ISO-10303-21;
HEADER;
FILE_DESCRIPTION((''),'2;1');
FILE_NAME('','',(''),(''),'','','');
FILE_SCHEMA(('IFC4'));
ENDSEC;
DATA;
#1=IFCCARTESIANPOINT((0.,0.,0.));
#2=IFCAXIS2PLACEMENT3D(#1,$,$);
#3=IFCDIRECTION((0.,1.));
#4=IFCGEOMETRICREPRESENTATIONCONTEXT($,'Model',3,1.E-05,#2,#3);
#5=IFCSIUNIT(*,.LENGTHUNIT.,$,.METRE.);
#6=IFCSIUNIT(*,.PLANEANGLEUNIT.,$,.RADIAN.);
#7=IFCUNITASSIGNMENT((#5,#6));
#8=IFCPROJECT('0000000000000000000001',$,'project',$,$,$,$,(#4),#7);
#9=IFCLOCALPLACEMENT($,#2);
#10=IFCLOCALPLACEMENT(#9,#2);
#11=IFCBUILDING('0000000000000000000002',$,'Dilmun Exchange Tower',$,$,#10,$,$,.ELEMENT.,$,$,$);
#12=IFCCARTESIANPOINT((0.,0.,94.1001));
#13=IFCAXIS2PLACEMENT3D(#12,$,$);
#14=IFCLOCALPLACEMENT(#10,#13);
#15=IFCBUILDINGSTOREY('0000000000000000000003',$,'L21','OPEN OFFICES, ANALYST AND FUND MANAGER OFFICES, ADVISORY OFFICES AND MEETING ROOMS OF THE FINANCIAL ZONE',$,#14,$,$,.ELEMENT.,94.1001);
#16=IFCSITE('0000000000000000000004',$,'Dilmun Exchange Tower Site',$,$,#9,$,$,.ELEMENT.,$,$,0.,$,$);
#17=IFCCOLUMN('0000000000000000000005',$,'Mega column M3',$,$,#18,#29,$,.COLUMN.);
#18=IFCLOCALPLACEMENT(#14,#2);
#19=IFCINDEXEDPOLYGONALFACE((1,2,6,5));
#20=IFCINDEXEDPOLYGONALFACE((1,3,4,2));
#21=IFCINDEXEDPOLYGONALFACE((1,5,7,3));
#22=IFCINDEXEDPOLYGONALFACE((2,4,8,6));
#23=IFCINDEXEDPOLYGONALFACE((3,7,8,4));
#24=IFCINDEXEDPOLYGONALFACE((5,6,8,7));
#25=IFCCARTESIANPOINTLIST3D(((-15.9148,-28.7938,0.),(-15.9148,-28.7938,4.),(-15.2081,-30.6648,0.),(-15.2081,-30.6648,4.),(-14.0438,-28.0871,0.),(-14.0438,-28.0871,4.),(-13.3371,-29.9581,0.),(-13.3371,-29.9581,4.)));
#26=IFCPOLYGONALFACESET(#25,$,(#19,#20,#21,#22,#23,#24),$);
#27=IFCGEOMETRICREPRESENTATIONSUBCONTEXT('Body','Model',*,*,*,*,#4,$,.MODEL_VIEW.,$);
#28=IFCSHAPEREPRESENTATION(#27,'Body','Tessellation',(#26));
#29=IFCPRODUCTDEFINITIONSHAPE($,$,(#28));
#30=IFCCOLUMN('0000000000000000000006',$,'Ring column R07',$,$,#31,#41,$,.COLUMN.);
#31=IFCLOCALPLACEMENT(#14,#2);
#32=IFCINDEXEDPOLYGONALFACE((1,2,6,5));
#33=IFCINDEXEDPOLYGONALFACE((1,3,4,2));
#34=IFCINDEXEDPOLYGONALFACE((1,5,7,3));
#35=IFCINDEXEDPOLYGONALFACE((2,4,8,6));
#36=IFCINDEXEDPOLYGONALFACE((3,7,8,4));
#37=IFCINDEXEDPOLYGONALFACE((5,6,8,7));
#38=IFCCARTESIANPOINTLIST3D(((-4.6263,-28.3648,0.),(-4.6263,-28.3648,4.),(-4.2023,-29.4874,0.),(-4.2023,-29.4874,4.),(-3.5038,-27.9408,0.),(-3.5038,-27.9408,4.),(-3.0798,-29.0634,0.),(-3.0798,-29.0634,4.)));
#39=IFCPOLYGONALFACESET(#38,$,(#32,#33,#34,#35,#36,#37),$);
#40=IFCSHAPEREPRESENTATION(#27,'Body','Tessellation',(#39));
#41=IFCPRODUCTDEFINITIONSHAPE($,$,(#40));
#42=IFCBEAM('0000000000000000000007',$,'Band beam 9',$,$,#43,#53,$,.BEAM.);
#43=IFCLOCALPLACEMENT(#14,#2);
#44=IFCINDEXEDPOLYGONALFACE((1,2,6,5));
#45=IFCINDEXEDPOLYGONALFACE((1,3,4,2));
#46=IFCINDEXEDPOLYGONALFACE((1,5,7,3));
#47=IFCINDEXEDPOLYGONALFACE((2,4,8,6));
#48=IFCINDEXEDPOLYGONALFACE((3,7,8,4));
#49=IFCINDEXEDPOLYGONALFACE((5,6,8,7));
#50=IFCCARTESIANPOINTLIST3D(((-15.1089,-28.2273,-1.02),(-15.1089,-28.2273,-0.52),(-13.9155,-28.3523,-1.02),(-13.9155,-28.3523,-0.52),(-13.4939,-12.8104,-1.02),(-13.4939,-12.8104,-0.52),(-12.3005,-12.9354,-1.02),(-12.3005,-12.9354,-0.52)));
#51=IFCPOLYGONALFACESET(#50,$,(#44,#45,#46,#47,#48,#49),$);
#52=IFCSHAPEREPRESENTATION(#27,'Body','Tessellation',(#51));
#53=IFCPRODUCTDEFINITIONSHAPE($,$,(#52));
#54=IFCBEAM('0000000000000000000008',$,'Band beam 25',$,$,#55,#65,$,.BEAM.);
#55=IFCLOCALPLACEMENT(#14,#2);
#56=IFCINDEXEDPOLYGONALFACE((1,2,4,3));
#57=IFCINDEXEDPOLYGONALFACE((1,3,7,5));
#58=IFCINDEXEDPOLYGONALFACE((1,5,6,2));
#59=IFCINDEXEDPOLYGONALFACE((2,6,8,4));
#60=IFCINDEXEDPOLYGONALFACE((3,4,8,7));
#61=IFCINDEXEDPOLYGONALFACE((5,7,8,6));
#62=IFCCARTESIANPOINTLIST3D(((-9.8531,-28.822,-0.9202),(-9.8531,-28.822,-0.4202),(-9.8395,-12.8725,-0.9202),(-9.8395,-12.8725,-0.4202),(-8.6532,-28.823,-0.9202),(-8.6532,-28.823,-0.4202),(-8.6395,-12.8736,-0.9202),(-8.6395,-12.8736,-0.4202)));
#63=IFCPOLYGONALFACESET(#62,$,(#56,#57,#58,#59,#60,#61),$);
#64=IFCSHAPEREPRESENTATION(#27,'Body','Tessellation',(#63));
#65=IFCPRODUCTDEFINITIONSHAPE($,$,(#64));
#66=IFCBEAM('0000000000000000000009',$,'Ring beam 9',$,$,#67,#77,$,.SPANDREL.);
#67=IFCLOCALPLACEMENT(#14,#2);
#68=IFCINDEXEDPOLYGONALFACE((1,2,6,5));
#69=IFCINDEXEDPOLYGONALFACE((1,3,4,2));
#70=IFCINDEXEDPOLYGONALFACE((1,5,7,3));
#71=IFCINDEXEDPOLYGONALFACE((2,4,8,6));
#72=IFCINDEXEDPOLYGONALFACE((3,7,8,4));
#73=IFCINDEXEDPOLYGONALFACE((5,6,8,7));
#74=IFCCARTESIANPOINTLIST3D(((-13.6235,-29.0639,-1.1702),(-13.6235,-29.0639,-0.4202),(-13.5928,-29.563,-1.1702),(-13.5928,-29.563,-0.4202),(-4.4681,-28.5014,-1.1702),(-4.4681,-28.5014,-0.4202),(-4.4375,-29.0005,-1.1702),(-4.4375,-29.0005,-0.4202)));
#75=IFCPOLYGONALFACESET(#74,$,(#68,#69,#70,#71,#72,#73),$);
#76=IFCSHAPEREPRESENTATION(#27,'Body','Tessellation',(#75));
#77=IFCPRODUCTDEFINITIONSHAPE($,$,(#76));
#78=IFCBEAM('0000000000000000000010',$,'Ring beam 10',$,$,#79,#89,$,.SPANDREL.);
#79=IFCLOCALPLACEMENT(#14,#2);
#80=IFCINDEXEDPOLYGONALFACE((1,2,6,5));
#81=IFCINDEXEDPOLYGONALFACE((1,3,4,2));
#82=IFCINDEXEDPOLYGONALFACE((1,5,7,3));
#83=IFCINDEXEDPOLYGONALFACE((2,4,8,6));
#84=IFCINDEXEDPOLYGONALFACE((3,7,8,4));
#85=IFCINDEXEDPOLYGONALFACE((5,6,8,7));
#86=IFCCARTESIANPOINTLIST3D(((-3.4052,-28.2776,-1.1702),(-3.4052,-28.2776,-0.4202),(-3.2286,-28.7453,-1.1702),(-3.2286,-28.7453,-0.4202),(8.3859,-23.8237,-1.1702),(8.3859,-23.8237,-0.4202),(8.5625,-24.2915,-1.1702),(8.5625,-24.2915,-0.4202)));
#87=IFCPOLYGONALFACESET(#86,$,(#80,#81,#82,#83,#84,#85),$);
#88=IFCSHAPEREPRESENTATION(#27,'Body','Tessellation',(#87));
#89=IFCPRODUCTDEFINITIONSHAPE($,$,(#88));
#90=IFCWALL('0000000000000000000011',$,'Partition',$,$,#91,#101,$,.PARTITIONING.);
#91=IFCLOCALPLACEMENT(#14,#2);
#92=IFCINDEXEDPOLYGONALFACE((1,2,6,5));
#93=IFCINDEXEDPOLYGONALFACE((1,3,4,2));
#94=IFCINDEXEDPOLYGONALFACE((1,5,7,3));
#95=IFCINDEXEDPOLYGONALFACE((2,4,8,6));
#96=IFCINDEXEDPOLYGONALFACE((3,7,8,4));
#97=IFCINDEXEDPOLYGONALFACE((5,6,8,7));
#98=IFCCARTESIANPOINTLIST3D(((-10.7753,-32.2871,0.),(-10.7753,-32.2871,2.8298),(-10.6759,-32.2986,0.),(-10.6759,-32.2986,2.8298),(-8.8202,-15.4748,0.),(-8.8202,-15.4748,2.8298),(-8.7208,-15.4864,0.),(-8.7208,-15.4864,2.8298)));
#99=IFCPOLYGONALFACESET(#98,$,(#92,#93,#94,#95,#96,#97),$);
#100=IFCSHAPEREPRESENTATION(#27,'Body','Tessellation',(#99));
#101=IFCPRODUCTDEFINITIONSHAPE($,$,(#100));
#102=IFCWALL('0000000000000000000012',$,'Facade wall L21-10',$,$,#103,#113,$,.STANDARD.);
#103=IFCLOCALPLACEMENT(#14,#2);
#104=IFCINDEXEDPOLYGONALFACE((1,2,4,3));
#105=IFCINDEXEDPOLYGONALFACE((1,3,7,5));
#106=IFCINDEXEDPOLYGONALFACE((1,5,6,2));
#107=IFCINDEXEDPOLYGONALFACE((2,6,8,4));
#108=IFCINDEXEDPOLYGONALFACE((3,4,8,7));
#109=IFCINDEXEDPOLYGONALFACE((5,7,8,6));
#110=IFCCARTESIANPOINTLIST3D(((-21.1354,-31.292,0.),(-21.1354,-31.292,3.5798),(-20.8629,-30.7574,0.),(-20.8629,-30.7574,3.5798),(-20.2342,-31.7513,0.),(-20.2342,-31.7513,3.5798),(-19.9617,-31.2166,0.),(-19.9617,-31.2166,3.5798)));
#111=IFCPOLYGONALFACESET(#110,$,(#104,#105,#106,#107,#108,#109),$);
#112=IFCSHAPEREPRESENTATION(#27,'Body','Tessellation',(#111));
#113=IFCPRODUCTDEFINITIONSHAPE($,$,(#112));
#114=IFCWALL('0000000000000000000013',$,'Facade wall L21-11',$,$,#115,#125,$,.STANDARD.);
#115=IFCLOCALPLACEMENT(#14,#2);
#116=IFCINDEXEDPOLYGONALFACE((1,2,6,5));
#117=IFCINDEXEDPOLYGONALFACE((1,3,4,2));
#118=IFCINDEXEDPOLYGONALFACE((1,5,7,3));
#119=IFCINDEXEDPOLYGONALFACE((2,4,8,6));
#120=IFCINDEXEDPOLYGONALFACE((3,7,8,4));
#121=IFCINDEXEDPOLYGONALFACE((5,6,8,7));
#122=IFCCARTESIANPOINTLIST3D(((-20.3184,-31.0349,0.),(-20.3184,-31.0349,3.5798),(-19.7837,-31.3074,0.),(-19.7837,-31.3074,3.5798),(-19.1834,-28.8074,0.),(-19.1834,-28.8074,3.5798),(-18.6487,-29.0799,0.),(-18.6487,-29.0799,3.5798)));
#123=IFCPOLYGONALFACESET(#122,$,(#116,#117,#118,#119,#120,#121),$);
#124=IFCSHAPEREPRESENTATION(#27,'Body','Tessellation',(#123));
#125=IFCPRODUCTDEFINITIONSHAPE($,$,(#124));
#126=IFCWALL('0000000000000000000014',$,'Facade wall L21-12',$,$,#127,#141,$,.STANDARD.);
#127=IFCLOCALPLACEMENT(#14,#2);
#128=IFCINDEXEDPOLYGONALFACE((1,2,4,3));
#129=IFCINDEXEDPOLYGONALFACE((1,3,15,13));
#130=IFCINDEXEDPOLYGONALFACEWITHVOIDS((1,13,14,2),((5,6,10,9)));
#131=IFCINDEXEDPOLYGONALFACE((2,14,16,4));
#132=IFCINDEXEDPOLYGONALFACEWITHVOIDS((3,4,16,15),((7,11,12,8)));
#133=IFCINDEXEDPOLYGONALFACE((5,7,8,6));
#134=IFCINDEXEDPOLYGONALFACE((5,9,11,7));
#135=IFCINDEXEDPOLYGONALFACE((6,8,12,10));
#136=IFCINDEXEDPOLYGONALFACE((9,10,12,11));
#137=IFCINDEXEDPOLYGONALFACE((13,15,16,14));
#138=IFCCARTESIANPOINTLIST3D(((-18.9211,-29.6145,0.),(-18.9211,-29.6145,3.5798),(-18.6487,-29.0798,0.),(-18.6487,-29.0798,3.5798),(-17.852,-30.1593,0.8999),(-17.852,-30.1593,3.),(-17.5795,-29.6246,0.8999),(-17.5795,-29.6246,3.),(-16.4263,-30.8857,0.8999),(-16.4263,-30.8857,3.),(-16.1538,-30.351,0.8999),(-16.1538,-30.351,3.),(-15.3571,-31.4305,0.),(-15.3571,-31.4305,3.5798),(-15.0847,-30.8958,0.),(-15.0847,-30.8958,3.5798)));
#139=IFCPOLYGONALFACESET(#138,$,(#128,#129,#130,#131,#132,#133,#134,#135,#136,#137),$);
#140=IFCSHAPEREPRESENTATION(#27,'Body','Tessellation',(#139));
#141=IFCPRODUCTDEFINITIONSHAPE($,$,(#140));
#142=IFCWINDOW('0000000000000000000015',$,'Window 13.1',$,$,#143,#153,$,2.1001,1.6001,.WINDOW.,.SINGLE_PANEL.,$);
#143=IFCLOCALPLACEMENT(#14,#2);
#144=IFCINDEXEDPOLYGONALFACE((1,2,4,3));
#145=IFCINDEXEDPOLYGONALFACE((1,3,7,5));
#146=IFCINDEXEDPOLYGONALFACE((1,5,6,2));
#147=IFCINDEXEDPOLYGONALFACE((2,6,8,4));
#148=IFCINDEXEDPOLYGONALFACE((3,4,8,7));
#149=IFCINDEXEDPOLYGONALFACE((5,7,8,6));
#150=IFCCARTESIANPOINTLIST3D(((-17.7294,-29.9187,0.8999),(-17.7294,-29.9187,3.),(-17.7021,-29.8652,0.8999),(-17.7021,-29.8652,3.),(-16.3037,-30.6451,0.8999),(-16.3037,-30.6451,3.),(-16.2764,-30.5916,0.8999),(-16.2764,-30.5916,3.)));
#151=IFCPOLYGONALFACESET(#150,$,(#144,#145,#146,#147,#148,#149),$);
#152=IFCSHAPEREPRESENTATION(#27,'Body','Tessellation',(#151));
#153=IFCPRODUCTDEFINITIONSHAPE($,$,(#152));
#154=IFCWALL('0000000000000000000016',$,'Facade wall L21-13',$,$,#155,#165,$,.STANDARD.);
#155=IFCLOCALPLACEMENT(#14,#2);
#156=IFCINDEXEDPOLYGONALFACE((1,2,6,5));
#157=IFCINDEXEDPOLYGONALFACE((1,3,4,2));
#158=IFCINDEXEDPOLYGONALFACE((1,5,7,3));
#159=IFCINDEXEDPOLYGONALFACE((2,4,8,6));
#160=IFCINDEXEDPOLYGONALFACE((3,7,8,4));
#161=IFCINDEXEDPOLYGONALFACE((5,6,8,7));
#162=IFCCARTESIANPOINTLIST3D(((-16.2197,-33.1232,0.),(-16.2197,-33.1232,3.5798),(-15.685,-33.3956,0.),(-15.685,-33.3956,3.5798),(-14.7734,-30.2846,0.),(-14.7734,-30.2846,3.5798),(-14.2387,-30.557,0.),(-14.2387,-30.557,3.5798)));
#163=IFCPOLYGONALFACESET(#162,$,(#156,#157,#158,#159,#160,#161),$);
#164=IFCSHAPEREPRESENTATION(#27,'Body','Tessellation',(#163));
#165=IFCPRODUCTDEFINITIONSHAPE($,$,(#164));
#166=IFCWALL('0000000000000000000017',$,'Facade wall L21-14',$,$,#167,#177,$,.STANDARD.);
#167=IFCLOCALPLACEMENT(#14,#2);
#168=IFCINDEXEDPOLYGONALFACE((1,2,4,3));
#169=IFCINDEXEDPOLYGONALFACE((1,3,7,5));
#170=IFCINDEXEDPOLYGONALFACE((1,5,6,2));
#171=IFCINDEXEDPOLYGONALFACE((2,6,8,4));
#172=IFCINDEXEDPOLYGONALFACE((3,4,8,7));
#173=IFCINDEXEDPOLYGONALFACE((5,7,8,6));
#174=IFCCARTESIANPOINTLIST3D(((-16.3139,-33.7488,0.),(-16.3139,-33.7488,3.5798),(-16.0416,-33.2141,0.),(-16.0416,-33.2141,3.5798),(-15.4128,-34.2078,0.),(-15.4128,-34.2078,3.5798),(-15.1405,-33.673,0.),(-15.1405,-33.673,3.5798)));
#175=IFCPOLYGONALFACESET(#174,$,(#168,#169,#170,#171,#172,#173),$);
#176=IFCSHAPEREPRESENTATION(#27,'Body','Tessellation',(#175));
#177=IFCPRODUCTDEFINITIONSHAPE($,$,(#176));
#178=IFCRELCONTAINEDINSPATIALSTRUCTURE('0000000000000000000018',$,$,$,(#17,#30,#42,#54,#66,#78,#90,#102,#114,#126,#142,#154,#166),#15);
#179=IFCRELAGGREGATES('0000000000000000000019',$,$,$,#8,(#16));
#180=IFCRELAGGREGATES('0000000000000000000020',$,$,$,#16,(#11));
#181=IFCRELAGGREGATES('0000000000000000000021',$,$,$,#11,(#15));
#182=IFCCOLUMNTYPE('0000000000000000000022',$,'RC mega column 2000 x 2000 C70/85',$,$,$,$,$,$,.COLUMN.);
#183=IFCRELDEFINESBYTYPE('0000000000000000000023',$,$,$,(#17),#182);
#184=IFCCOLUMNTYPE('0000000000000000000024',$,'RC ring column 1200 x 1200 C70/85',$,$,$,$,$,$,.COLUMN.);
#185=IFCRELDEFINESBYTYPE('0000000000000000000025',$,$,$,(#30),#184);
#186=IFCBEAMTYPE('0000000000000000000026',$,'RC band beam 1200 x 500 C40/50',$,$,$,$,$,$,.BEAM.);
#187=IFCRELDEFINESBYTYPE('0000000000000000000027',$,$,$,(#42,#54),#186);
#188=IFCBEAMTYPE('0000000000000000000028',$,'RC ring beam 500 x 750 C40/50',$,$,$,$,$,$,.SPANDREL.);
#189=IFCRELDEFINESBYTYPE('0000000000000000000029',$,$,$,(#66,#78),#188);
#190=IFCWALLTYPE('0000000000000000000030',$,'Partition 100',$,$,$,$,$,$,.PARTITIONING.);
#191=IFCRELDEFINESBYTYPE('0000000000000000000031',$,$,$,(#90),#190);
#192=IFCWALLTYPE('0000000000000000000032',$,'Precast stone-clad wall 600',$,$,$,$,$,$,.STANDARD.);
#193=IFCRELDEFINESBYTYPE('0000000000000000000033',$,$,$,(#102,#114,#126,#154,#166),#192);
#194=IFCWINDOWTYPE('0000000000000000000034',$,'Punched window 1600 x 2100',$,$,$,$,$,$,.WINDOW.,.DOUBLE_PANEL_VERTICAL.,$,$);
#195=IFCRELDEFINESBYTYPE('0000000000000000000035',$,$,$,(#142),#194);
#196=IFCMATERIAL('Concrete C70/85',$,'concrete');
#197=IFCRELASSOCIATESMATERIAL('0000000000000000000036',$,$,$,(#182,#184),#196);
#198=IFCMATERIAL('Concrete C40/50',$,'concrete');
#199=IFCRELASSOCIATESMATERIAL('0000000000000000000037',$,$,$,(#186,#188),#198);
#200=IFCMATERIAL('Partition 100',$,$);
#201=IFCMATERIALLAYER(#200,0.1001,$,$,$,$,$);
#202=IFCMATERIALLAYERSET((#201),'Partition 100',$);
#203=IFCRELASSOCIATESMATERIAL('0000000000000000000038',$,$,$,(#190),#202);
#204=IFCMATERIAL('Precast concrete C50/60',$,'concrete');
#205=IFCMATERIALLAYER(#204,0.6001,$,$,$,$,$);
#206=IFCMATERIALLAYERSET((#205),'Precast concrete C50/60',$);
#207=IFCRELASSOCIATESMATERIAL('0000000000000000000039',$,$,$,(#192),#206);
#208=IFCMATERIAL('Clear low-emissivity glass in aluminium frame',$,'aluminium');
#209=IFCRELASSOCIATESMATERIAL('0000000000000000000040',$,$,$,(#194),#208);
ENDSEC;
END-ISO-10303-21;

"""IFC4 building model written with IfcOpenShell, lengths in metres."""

from ifc_helpers import new_model, si_unit, direction, frame, frame_2d, origin, origin_2d, place, context, subcontext, project, spatial, rectangle, extrude, material, layer, layer_set, material_profile, profile_set, type_object, element, fill, save


model = new_model("IFC4")

# Units and contexts
model_context = context("Model", 3, precision=1e-05, world=origin(), true_north=direction((0.0, 1.0)))
body_context = subcontext(model_context, "Body", "Model", "MODEL_VIEW")
ifc_project = project(units=[si_unit("LENGTHUNIT", "METRE"), si_unit("PLANEANGLEUNIT", "RADIAN")], contexts=[model_context])

# Site, building, storey
site_placement = place(None, origin())
site = spatial("IfcSite", under=ifc_project, at=site_placement, Name="Dilmun Exchange Tower Site", CompositionType="ELEMENT", RefElevation=0.0)
building_placement = place(site_placement, origin())
building = spatial("IfcBuilding", under=site, at=building_placement, Name="Dilmun Exchange Tower", CompositionType="ELEMENT")
storey_placement = place(building_placement, frame((0.0, 0.0, 94.1001)))
storey = spatial("IfcBuildingStorey", under=building, at=storey_placement, Name="L21", Description="OPEN OFFICES, ANALYST AND FUND MANAGER OFFICES, ADVISORY OFFICES AND MEETING ROOMS OF THE FINANCIAL ZONE", CompositionType="ELEMENT", Elevation=94.1001)

# Columns
ifc_material_1 = material(Name="Concrete C70/85", Category="concrete")
ifc_material_profile_1 = material_profile(ifc_material_1, rectangle(XDim=2.0, YDim=2.0, at=origin_2d()), Name="2000 x 2000")
ifc_profile_set_1 = profile_set([ifc_material_profile_1], Name="Concrete C70/85")
column_type_1 = type_object("IfcColumnType", Name="RC mega column 2000 x 2000 C70/85", PredefinedType="COLUMN", material=ifc_profile_set_1)
column_1_placement = place(storey_placement, frame((-14.626, -29.376, 0.0), z_axis=(0.0, 0.0, 1.0), x_axis=(0.935492, 0.353349, 0.0)))
element("IfcColumn", 1, at=column_1_placement, inside=storey, type_object=column_type_1, Name="Mega column M3", PredefinedType="COLUMN", context=body_context, shape_type="SweptSolid", body=[
    extrude(rectangle(XDim=2.0, YDim=2.0, at=origin_2d()), origin(), (0.0, 0.0, 1.0), 4.0),
])
ifc_material_profile_2 = material_profile(ifc_material_1, rectangle(XDim=1.2, YDim=1.2, at=origin_2d()), Name="1200 x 1200")
ifc_profile_set_2 = profile_set([ifc_material_profile_2], Name="Concrete C70/85")
column_type_2 = type_object("IfcColumnType", Name="RC ring column 1200 x 1200 C70/85", PredefinedType="COLUMN", material=ifc_profile_set_2)
column_2_placement = place(storey_placement, frame((-3.853, -28.7141, 0.0), z_axis=(0.0, 0.0, 1.0), x_axis=(0.935492, 0.353349, 0.0)))
element("IfcColumn", 2, at=column_2_placement, inside=storey, type_object=column_type_2, Name="Ring column R07", PredefinedType="COLUMN", context=body_context, shape_type="SweptSolid", body=[
    extrude(rectangle(XDim=1.2, YDim=1.2, at=origin_2d()), origin(), (0.0, 0.0, 1.0), 4.0),
])

# Beams
ifc_material_2 = material(Name="Concrete C40/50", Category="concrete")
ifc_material_profile_3 = material_profile(ifc_material_2, rectangle(XDim=1.2, YDim=0.5, at=origin_2d()), Name="1200 x 500")
ifc_profile_set_3 = profile_set([ifc_material_profile_3], Name="Concrete C40/50")
beam_type_1 = type_object("IfcBeamType", Name="RC band beam 1200 x 500 C40/50", PredefinedType="BEAM", material=ifc_profile_set_3)
beam_1_placement = place(storey_placement, frame((-14.5122, -28.2898, -0.77), z_axis=(0.104185, 0.994558, 0.0), x_axis=(-0.994558, 0.104185, 0.0)))
element("IfcBeam", 3, at=beam_1_placement, inside=storey, type_object=beam_type_1, Name="Band beam 9", PredefinedType="BEAM", context=body_context, shape_type="SweptSolid", body=[
    extrude(rectangle(XDim=1.2, YDim=0.5, at=origin_2d()), origin(), (0.0, 0.0, 1.0), 15.5012),
])
beam_2_placement = place(storey_placement, frame((-9.2532, -28.8225, -0.6702), z_axis=(0.000857, 1.0, 0.0), x_axis=(-1.0, 0.000857, 0.0)))
element("IfcBeam", 4, at=beam_2_placement, inside=storey, type_object=beam_type_1, Name="Band beam 25", PredefinedType="BEAM", context=body_context, shape_type="SweptSolid", body=[
    extrude(rectangle(XDim=1.2, YDim=0.5, at=origin_2d()), origin(), (0.0, 0.0, 1.0), 15.9495),
])
ifc_material_profile_4 = material_profile(ifc_material_2, rectangle(XDim=0.5, YDim=0.75, at=origin_2d()), Name="500 x 750")
ifc_profile_set_4 = profile_set([ifc_material_profile_4], Name="Concrete C40/50")
beam_type_2 = type_object("IfcBeamType", Name="RC ring beam 500 x 750 C40/50", PredefinedType="SPANDREL", material=ifc_profile_set_4)
beam_3_placement = place(storey_placement, frame((-13.6082, -29.3135, -0.7952), z_axis=(0.998118, 0.061324, 0.0), x_axis=(-0.061324, 0.998118, 0.0)))
element("IfcBeam", 5, at=beam_3_placement, inside=storey, type_object=beam_type_2, Name="Ring beam 9", PredefinedType="SPANDREL", context=body_context, shape_type="SweptSolid", body=[
    extrude(rectangle(XDim=0.5, YDim=0.75, at=origin_2d()), origin(), (0.0, 0.0, 1.0), 9.1726),
])
beam_4_placement = place(storey_placement, frame((-3.3169, -28.5115, -0.7952), z_axis=(0.935486, 0.353364, 0.0), x_axis=(-0.353364, 0.935486, 0.0)))
element("IfcBeam", 6, at=beam_4_placement, inside=storey, type_object=beam_type_2, Name="Ring beam 10", PredefinedType="SPANDREL", context=body_context, shape_type="SweptSolid", body=[
    extrude(rectangle(XDim=0.5, YDim=0.75, at=origin_2d()), origin(), (0.0, 0.0, 1.0), 12.6042),
])

# Walls
ifc_material_3 = material(Name="Partition 100")
ifc_layer_1 = layer(ifc_material_3, 0.1001)
ifc_layer_set_1 = layer_set([ifc_layer_1], Name="Partition 100")
wall_type_1 = type_object("IfcWallType", Name="Partition 100", PredefinedType="PARTITIONING", material=ifc_layer_set_1)
wall_1_placement = place(storey_placement, frame((-10.7256, -32.293, 0.0), z_axis=(0.0, 0.0, 1.0), x_axis=(0.11551, 0.993306, 0.0)))
element("IfcWall", 7, at=wall_1_placement, inside=storey, type_object=wall_type_1, Name="Partition", PredefinedType="PARTITIONING", context=body_context, shape_type="SweptSolid", body=[
    extrude(rectangle(XDim=16.9255, YDim=0.1001, at=frame_2d((8.4629, 0.0))), origin(), (0.0, 0.0, 1.0), 2.8298),
])
ifc_material_4 = material(Name="Precast concrete C50/60", Category="concrete")
ifc_layer_2 = layer(ifc_material_4, 0.6001)
ifc_layer_set_2 = layer_set([ifc_layer_2], Name="Precast concrete C50/60")
wall_type_2 = type_object("IfcWallType", Name="Precast stone-clad wall 600", PredefinedType="STANDARD", material=ifc_layer_set_2)
wall_2_placement = place(storey_placement, frame((-20.9993, -31.0247, 0.0), z_axis=(0.0, 0.0, 1.0), x_axis=(0.890973, -0.454056, 0.0)))
element("IfcWall", 8, at=wall_2_placement, inside=storey, type_object=wall_type_2, Name="Facade wall L21-10", PredefinedType="STANDARD", context=body_context, shape_type="SweptSolid", body=[
    extrude(rectangle(XDim=1.0115, YDim=0.6001, at=frame_2d((0.5059, 0.0))), origin(), (0.0, 0.0, 1.0), 3.5798),
])
wall_3_placement = place(storey_placement, frame((-20.051, -31.1711, 0.0), z_axis=(0.0, 0.0, 1.0), x_axis=(0.453997, 0.891003, 0.0)))
element("IfcWall", 9, at=wall_3_placement, inside=storey, type_object=wall_type_2, Name="Facade wall L21-11", PredefinedType="STANDARD", context=body_context, shape_type="SweptSolid", body=[
    extrude(rectangle(XDim=2.5, YDim=0.6001, at=frame_2d((1.25, 0.0))), origin(), (0.0, 0.0, 1.0), 3.5798),
])

# Wall, opening, window
wall_4_placement = place(storey_placement, frame((-18.7849, -29.3472, 0.0), z_axis=(0.0, 0.0, 1.0), x_axis=(0.891008, -0.453988, 0.0)))
wall_4 = element("IfcWall", 10, at=wall_4_placement, inside=storey, type_object=wall_type_2, Name="Facade wall L21-12", PredefinedType="STANDARD", context=body_context, shape_type="SweptSolid", body=[
    extrude(rectangle(XDim=4.0, YDim=0.6001, at=frame_2d((2.0, 0.0))), origin(), (0.0, 0.0, 1.0), 3.5798),
])
opening_1_placement = place(wall_4_placement, frame((1.2, 0.0, 0.8999)))
opening_1 = element("IfcOpeningElement", 11, at=opening_1_placement, cuts=wall_4, PredefinedType="OPENING", context=body_context, shape_type="SweptSolid", body=[
    extrude(rectangle(XDim=1.6001, YDim=2.1001, at=frame_2d((0.8, 1.05))), frame((0.0, 0.3101, 0.0), z_axis=(0.0, -1.0, 0.0), x_axis=(1.0, 0.0, 0.0)), (0.0, 0.0, 1.0), 0.6201),
])
ifc_material_5 = material(Name="Clear low-emissivity glass in aluminium frame", Category="aluminium")
window_type_1 = type_object("IfcWindowType", Name="Punched window 1600 x 2100", PartitioningType="DOUBLE_PANEL_VERTICAL", PredefinedType="WINDOW", material=ifc_material_5)
window_1_placement = place(opening_1_placement, origin())
window_1 = element("IfcWindow", 12, at=window_1_placement, inside=storey, type_object=window_type_1, Name="Window 13.1", OverallHeight=2.1001, OverallWidth=1.6001, PartitioningType="SINGLE_PANEL", PredefinedType="WINDOW", context=body_context, shape_type="SweptSolid", body=[
    extrude(rectangle(XDim=1.6001, YDim=2.1001, at=frame_2d((0.8, 1.05))), frame((0.0, 0.03, 0.0), z_axis=(0.0, -1.0, 0.0), x_axis=(1.0, 0.0, 0.0)), (0.0, 0.0, 1.0), 0.0601),
])
fill(opening_1, window_1)

# Walls
wall_5_placement = place(storey_placement, frame((-14.5061, -30.4209, 0.0), z_axis=(0.0, 0.0, 1.0), x_axis=(-0.453975, -0.891014, 0.0)))
element("IfcWall", 13, at=wall_5_placement, inside=storey, type_object=wall_type_2, Name="Facade wall L21-13", PredefinedType="STANDARD", context=body_context, shape_type="SweptSolid", body=[
    extrude(rectangle(XDim=3.1858, YDim=0.6001, at=frame_2d((1.5928, 0.0))), origin(), (0.0, 0.0, 1.0), 3.5798),
])
wall_6_placement = place(storey_placement, frame((-16.1777, -33.4814, 0.0), z_axis=(0.0, 0.0, 1.0), x_axis=(0.891071, -0.453864, 0.0)))
element("IfcWall", 14, at=wall_6_placement, inside=storey, type_object=wall_type_2, Name="Facade wall L21-14", PredefinedType="STANDARD", context=body_context, shape_type="SweptSolid", body=[
    extrude(rectangle(XDim=1.0112, YDim=0.6001, at=frame_2d((0.5056, 0.0))), origin(), (0.0, 0.0, 1.0), 3.5798),
])

save(model, "model.ifc")
